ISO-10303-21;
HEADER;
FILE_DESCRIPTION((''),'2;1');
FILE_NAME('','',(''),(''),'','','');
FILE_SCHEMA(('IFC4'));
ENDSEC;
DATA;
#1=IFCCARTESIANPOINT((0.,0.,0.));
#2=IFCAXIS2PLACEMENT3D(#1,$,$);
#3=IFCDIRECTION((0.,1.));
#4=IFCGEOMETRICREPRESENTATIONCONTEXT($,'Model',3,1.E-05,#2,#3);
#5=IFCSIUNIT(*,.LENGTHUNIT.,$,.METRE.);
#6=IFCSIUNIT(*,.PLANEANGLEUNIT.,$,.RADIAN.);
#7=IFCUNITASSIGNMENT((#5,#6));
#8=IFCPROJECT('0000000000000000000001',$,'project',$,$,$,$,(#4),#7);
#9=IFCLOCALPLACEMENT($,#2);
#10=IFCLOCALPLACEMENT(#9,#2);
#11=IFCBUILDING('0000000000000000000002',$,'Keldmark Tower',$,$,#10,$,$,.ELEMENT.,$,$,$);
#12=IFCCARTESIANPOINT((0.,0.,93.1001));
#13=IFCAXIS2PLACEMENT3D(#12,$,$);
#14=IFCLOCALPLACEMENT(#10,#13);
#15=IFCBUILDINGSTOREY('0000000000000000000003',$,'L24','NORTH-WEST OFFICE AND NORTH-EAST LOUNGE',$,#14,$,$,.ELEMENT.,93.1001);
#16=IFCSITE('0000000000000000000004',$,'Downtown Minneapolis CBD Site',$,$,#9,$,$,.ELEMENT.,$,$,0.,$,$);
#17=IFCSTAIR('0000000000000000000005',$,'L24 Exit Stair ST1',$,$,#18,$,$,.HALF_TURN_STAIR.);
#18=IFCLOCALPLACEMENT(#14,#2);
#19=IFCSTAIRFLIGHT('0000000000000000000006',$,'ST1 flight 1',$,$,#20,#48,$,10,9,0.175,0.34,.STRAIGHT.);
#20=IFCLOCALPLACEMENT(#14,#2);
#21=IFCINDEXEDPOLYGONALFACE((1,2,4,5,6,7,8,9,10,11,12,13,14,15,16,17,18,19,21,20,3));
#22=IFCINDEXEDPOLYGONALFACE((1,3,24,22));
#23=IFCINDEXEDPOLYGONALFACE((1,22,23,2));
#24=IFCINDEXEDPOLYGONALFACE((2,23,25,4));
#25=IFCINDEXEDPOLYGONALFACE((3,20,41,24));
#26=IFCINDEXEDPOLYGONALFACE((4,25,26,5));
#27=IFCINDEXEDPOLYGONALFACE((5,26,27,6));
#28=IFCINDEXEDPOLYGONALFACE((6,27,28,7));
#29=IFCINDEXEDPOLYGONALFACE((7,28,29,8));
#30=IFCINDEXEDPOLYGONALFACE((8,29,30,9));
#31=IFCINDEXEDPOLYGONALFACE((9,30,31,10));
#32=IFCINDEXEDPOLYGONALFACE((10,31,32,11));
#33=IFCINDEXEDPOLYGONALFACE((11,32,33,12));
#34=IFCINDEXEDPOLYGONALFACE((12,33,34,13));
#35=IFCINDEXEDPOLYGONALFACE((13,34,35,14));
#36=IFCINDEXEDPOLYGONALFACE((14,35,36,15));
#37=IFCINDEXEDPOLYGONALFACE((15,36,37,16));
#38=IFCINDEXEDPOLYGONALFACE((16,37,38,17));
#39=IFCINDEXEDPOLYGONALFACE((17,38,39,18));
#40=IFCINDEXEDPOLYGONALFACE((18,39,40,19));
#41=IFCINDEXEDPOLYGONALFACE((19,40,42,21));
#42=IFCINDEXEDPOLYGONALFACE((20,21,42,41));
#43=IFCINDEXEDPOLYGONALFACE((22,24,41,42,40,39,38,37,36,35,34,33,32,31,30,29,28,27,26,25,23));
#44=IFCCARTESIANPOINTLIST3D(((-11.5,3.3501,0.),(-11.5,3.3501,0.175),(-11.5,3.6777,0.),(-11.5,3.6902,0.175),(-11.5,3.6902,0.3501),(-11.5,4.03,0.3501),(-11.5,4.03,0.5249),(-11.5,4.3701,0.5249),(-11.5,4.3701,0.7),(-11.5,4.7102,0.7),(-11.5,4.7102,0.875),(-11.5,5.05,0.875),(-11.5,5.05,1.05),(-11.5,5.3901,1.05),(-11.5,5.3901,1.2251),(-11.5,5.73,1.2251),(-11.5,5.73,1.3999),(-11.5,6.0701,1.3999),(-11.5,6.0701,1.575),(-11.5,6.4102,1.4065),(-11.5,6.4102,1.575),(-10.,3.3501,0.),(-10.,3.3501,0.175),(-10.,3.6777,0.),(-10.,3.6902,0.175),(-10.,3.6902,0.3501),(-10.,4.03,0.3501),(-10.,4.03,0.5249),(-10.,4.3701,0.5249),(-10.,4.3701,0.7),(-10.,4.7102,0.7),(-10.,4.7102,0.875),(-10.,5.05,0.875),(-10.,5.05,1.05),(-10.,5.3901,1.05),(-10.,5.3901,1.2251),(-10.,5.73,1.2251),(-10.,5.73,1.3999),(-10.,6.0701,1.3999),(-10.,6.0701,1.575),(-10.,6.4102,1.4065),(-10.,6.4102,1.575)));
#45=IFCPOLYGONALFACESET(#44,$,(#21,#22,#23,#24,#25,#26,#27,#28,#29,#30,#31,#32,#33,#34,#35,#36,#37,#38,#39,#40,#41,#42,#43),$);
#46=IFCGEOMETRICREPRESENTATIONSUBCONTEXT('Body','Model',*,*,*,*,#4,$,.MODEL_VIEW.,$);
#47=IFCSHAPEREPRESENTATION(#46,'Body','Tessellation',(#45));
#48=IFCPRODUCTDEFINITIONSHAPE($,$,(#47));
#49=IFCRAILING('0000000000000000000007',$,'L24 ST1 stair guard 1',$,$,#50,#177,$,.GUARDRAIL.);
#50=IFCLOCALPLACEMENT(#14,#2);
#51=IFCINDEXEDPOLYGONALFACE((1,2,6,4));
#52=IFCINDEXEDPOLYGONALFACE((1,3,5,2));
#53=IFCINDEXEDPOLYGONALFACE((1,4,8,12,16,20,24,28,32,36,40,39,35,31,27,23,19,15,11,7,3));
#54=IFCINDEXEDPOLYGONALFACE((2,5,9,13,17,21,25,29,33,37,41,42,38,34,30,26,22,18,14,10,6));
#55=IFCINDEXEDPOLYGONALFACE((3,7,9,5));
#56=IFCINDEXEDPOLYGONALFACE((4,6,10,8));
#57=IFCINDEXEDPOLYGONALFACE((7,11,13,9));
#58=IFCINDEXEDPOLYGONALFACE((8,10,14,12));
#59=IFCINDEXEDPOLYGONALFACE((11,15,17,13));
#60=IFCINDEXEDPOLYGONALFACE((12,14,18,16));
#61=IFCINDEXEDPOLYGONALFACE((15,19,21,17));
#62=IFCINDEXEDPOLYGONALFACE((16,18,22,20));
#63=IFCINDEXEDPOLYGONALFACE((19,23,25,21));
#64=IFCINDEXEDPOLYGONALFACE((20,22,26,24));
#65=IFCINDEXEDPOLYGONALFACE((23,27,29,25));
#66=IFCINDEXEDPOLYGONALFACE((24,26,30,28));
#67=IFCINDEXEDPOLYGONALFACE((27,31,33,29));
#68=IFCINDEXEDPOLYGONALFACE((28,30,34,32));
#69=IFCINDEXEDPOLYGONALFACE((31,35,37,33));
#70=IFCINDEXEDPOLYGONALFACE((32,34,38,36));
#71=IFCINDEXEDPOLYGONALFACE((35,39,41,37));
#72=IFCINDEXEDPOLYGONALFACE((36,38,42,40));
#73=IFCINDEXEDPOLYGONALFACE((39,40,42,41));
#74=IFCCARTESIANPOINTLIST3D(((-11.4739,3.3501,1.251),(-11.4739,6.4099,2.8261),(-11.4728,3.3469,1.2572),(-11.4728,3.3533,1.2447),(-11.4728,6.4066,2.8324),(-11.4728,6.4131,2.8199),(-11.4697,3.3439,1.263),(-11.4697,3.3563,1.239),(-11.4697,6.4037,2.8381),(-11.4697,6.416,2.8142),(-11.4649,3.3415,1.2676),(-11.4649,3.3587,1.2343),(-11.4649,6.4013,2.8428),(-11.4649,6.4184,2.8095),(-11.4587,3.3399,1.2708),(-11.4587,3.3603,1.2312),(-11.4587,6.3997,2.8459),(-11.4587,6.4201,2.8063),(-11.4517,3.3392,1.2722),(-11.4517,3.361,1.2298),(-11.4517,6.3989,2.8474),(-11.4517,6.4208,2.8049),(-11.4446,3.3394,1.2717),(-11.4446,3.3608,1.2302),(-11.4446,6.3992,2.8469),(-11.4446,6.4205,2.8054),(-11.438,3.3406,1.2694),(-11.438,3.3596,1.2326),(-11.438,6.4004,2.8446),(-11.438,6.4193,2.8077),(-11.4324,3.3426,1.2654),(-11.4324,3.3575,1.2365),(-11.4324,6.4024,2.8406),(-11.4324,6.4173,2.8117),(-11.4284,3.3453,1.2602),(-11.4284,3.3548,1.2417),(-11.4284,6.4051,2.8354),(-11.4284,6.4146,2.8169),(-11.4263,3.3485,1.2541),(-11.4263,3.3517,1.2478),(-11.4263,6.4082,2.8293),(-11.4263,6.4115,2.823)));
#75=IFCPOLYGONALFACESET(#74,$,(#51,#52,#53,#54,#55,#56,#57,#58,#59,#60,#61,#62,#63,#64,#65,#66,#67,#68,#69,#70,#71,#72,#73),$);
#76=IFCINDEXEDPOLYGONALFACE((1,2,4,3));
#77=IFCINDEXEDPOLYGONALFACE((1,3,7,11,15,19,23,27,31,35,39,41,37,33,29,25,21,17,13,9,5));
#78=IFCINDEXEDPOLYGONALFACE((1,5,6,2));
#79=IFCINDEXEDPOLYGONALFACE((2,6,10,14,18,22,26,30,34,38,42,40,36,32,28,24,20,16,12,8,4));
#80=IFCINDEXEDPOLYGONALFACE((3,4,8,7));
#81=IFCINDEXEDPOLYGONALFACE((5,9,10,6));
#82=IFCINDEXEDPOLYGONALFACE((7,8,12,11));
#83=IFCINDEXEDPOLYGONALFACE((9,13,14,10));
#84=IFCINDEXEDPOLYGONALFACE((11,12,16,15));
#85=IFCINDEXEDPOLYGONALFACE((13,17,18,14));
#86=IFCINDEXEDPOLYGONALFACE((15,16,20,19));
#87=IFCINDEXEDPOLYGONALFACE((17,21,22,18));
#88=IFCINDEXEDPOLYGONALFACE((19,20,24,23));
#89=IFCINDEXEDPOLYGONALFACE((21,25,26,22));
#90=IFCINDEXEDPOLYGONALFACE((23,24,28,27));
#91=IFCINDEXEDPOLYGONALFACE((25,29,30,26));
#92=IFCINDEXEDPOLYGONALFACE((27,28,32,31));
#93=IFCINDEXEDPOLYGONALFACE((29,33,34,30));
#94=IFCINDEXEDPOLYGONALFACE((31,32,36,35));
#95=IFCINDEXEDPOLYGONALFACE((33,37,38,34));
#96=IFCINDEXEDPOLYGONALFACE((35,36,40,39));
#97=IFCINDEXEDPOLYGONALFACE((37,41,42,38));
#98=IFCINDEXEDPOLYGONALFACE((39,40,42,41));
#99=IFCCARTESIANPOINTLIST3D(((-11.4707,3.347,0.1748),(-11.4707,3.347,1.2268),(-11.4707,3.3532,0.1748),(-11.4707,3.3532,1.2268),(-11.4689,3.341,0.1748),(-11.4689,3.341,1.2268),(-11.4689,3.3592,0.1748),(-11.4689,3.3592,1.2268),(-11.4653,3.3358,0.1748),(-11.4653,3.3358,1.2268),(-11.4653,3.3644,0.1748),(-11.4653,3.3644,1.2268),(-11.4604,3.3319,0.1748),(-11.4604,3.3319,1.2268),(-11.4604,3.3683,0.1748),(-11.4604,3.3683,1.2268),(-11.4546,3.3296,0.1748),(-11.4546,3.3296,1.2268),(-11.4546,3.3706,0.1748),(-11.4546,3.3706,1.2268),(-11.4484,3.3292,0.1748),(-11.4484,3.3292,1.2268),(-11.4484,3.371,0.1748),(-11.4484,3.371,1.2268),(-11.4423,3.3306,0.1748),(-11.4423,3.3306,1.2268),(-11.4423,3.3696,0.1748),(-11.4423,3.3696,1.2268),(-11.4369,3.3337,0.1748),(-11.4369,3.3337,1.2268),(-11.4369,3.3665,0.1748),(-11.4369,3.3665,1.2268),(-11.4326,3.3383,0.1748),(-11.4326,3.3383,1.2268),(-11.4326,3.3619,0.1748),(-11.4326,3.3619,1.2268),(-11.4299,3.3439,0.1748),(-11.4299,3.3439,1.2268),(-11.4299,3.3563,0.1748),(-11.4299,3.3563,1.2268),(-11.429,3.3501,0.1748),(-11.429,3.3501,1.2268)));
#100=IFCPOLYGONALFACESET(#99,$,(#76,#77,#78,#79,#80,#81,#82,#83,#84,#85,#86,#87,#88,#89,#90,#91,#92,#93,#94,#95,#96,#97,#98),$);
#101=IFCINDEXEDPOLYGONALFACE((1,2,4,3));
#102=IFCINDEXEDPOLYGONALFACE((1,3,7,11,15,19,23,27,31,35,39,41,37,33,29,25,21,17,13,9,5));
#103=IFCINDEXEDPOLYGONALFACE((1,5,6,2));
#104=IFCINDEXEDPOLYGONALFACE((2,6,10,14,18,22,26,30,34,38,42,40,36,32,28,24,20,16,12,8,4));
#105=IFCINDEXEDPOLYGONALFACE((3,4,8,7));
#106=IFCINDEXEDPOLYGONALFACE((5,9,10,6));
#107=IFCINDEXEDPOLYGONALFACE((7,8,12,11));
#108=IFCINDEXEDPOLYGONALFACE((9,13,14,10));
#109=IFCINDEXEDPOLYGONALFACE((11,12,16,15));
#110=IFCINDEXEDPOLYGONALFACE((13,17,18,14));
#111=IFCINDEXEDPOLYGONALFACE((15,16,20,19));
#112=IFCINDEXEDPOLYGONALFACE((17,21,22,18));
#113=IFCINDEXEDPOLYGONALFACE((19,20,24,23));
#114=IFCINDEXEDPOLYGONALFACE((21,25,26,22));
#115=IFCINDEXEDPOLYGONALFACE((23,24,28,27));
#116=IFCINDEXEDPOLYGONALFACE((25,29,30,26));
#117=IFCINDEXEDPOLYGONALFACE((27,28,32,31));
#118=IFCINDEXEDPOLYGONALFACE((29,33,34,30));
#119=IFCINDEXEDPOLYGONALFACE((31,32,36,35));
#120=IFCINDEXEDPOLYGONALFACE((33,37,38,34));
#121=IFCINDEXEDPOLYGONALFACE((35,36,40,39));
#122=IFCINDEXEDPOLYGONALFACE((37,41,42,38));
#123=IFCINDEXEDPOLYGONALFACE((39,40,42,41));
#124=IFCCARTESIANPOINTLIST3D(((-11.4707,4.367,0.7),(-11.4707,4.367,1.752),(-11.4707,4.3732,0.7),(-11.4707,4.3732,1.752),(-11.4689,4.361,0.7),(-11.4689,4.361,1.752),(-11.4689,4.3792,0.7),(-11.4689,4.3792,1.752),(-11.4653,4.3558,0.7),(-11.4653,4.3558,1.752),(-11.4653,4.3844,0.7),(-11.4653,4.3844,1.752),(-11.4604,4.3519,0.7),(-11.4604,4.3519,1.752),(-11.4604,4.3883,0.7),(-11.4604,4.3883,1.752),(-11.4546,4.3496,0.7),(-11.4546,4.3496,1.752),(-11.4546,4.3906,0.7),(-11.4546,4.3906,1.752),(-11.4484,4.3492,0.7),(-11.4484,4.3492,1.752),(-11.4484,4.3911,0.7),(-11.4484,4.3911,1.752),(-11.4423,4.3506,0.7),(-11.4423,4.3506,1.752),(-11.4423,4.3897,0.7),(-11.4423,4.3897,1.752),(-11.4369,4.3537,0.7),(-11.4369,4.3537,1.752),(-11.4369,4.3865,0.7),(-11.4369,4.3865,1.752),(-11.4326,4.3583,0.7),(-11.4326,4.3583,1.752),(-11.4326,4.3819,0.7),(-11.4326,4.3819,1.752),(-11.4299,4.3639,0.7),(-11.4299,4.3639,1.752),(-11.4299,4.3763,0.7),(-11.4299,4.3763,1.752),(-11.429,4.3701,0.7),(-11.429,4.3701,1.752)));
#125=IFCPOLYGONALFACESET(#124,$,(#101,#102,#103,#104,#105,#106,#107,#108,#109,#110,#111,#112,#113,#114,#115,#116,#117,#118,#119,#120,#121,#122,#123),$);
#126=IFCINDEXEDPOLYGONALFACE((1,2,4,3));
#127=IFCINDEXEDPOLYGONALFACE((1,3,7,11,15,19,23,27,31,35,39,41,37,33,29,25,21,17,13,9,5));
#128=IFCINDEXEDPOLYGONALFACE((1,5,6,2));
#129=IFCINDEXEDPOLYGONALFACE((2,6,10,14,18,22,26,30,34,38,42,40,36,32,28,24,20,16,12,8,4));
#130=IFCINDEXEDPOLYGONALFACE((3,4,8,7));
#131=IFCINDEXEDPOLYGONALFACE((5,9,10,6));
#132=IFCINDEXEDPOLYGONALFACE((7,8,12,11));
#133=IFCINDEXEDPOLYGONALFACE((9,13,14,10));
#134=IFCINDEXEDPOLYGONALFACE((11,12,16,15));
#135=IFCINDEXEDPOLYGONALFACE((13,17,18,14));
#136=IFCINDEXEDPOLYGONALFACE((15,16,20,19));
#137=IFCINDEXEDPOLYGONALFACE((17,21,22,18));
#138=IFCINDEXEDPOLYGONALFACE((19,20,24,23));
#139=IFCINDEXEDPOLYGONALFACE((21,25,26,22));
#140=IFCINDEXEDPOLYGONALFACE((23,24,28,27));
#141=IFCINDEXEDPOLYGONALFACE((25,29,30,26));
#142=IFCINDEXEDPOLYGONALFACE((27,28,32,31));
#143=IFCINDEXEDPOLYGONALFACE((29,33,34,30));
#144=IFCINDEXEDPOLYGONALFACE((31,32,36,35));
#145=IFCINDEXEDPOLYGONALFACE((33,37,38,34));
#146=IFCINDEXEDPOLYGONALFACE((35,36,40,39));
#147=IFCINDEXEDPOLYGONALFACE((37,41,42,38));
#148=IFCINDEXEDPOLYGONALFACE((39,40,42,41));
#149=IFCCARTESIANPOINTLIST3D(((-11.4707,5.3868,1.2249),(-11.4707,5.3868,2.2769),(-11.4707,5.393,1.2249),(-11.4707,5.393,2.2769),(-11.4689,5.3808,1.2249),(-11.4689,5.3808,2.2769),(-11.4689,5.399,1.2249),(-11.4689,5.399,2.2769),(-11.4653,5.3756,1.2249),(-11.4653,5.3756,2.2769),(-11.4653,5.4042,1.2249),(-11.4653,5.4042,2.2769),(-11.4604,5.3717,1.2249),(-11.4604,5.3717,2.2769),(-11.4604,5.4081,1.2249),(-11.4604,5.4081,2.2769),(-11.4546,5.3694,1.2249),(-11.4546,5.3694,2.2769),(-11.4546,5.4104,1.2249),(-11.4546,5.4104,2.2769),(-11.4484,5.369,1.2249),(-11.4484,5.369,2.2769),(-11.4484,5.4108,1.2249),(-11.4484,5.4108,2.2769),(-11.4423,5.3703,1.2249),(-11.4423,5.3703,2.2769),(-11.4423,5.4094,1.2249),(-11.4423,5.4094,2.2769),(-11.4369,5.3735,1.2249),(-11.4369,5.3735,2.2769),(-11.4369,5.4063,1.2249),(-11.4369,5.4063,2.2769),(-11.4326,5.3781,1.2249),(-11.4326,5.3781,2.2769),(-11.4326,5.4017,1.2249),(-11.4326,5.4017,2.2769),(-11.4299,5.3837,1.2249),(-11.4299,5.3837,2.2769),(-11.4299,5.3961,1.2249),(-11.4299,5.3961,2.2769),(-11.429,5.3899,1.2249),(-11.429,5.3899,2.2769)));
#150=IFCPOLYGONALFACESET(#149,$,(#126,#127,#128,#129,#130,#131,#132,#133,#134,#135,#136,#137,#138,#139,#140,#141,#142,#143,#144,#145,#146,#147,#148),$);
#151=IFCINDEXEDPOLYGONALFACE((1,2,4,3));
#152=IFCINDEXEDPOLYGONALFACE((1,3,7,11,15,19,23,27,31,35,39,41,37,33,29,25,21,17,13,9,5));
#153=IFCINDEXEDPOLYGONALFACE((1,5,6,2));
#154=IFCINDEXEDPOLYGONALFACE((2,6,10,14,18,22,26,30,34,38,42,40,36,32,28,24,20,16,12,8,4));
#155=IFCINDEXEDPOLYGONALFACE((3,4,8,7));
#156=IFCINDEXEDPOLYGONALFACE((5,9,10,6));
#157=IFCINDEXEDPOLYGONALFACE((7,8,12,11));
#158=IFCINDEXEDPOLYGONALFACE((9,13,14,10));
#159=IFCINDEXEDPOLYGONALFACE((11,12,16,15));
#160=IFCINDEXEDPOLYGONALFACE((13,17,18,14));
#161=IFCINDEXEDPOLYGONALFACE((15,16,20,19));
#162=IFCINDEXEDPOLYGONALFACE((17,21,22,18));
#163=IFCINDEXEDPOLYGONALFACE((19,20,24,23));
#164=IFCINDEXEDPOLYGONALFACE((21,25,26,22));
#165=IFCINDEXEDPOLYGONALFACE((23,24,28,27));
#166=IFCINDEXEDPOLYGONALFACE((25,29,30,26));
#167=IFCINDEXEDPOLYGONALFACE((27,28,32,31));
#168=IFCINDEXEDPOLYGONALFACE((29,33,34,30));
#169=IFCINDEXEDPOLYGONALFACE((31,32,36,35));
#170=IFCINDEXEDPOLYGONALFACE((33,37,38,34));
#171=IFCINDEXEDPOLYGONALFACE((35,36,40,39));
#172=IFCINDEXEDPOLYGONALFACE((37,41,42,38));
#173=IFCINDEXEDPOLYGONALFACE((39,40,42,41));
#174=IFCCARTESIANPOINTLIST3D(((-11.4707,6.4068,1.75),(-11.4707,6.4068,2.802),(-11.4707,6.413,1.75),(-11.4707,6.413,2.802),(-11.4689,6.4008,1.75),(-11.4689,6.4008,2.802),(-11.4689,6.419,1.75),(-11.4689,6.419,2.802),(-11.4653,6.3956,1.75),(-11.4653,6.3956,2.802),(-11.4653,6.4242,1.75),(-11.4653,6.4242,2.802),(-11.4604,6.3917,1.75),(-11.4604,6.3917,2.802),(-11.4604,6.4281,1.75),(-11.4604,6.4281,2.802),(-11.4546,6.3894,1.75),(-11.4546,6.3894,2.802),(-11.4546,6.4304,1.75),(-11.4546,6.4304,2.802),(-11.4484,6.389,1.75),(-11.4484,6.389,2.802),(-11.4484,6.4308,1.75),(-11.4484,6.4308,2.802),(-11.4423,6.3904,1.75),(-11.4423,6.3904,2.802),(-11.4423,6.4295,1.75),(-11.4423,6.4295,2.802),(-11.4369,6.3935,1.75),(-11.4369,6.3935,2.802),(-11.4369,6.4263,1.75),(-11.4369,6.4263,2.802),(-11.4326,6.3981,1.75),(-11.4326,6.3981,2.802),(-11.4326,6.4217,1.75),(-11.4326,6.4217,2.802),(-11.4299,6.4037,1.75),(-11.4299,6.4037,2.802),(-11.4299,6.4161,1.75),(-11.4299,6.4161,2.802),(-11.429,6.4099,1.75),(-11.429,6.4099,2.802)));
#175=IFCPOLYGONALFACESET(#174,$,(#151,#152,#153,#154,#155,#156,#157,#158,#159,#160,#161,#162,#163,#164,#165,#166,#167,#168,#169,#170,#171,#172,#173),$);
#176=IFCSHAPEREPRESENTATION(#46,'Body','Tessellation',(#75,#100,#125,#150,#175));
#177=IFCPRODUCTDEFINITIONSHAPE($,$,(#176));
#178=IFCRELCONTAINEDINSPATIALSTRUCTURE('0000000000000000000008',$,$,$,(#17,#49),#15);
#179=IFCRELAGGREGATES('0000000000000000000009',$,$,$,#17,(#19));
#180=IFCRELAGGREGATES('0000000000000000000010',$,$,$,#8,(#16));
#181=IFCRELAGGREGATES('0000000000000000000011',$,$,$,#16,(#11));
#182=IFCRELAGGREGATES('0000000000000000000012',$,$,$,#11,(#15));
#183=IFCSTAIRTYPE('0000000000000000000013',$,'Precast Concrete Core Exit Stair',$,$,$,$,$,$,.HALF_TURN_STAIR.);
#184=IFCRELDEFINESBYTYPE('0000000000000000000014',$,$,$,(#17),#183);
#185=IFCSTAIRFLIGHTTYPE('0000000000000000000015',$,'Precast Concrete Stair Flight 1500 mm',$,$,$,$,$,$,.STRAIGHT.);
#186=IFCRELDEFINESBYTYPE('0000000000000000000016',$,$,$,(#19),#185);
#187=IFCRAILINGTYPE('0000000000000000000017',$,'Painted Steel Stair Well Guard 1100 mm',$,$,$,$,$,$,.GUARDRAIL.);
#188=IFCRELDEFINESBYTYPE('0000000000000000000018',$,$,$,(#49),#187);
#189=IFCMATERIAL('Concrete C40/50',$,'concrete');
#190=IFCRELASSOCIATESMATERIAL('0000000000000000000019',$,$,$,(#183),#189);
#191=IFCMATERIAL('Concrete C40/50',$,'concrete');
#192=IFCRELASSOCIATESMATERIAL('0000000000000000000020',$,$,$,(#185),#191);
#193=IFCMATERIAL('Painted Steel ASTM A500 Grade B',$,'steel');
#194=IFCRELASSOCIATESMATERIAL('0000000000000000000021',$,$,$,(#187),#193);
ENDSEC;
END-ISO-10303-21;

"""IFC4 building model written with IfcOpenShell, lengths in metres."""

from ifc_helpers import new_model, si_unit, direction, frame, origin, origin_2d, place, context, subcontext, project, spatial, polyline, circle, outline, extrude, material, type_object, element, aggregate, save


model = new_model("IFC4")

# Units and contexts
model_context = context("Model", 3, precision=1e-05, world=origin(), true_north=direction((0.0, 1.0)))
body_context = subcontext(model_context, "Body", "Model", "MODEL_VIEW")
ifc_project = project(units=[si_unit("LENGTHUNIT", "METRE"), si_unit("PLANEANGLEUNIT", "RADIAN")], contexts=[model_context])

# Site, building, storey
site_placement = place(None, origin())
site = spatial("IfcSite", under=ifc_project, at=site_placement, Name="Downtown Minneapolis CBD Site", CompositionType="ELEMENT", RefElevation=0.0)
building_placement = place(site_placement, origin())
building = spatial("IfcBuilding", under=site, at=building_placement, Name="Keldmark Tower", CompositionType="ELEMENT")
storey_placement = place(building_placement, frame((0.0, 0.0, 93.1001)))
storey = spatial("IfcBuildingStorey", under=building, at=storey_placement, Name="L24", Description="NORTH-WEST OFFICE AND NORTH-EAST LOUNGE", CompositionType="ELEMENT", Elevation=93.1001)

# Stair, stair flight
ifc_material_1 = material(Name="Concrete C40/50", Category="concrete")
stair_type = type_object("IfcStairType", Name="Precast Concrete Core Exit Stair", PredefinedType="HALF_TURN_STAIR", material=ifc_material_1)
stair_placement = place(storey_placement, origin())
stair = element("IfcStair", 1, at=stair_placement, inside=storey, type_object=stair_type, Name="L24 Exit Stair ST1", PredefinedType="HALF_TURN_STAIR")
ifc_material_2 = material(Name="Concrete C40/50", Category="concrete")
stair_flight_type = type_object("IfcStairFlightType", Name="Precast Concrete Stair Flight 1500 mm", PredefinedType="STRAIGHT", material=ifc_material_2)
stair_flight_placement = place(storey_placement, frame((-10.75, 3.3501, 0.0), z_axis=(0.0, 0.0, 1.0), x_axis=(0.0, 1.0, 0.0)))
stair_flight = element("IfcStairFlight", 2, at=stair_flight_placement, type_object=stair_flight_type, Name="ST1 flight 1", NumberOfRisers=10, NumberOfTreads=9, PredefinedType="STRAIGHT", RiserHeight=0.175, TreadLength=0.34, context=body_context, shape_type="SweptSolid", body=[
    extrude(outline(polyline([(0.0, 0.0), (0.0, 0.175), (0.3401, 0.175), (0.3401, 0.3501), (0.6799, 0.3501), (0.6799, 0.5249), (1.02, 0.5249), (1.02, 0.7), (1.3601, 0.7), (1.3601, 0.875), (1.7, 0.875), (1.7, 1.05), (2.04, 1.05), (2.04, 1.2251), (2.3799, 1.2251), (2.3799, 1.3999), (2.72, 1.3999), (2.72, 1.575), (3.0601, 1.575), (3.0601, 1.75), (3.0601, 1.4065), (0.3276, 0.0), (0.0, 0.0)])), frame((0.0, 0.75, 0.0), z_axis=(0.0, -1.0, 0.0), x_axis=(1.0, 0.0, 0.0)), (0.0, 0.0, 1.0), 1.5),
])
aggregate(stair, [stair_flight])

# Railing
ifc_material_3 = material(Name="Painted Steel ASTM A500 Grade B", Category="steel")
railing_type_1 = type_object("IfcRailingType", Name="Painted Steel Stair Well Guard 1100 mm", PredefinedType="GUARDRAIL", material=ifc_material_3)
railing_1_placement = place(storey_placement, frame((-11.45, 3.3501, 0.1748)))
element("IfcRailing", 3, at=railing_1_placement, inside=storey, type_object=railing_type_1, Name="L24 ST1 stair guard 1", PredefinedType="GUARDRAIL", context=body_context, shape_type="SweptSolid", body=[
    extrude(circle(Radius=0.0239, at=origin_2d()), frame((0.0, 0.0, 1.0762), z_axis=(0.0, 0.889101, 0.45771), x_axis=(-1.0, 0.0, 0.0)), (0.0, 0.0, 1.0), 3.4414),
    extrude(circle(Radius=0.021, at=origin_2d()), origin(), (0.0, 0.0, 1.0), 1.052),
    extrude(circle(Radius=0.021, at=origin_2d()), frame((0.0, 1.02, 0.5251)), (0.0, 0.0, 1.0), 1.052),
    extrude(circle(Radius=0.021, at=origin_2d()), frame((0.0, 2.0398, 1.05)), (0.0, 0.0, 1.0), 1.052),
    extrude(circle(Radius=0.021, at=origin_2d()), frame((0.0, 3.0598, 1.5752)), (0.0, 0.0, 1.0), 1.052),
])

save(model, "model.ifc")
